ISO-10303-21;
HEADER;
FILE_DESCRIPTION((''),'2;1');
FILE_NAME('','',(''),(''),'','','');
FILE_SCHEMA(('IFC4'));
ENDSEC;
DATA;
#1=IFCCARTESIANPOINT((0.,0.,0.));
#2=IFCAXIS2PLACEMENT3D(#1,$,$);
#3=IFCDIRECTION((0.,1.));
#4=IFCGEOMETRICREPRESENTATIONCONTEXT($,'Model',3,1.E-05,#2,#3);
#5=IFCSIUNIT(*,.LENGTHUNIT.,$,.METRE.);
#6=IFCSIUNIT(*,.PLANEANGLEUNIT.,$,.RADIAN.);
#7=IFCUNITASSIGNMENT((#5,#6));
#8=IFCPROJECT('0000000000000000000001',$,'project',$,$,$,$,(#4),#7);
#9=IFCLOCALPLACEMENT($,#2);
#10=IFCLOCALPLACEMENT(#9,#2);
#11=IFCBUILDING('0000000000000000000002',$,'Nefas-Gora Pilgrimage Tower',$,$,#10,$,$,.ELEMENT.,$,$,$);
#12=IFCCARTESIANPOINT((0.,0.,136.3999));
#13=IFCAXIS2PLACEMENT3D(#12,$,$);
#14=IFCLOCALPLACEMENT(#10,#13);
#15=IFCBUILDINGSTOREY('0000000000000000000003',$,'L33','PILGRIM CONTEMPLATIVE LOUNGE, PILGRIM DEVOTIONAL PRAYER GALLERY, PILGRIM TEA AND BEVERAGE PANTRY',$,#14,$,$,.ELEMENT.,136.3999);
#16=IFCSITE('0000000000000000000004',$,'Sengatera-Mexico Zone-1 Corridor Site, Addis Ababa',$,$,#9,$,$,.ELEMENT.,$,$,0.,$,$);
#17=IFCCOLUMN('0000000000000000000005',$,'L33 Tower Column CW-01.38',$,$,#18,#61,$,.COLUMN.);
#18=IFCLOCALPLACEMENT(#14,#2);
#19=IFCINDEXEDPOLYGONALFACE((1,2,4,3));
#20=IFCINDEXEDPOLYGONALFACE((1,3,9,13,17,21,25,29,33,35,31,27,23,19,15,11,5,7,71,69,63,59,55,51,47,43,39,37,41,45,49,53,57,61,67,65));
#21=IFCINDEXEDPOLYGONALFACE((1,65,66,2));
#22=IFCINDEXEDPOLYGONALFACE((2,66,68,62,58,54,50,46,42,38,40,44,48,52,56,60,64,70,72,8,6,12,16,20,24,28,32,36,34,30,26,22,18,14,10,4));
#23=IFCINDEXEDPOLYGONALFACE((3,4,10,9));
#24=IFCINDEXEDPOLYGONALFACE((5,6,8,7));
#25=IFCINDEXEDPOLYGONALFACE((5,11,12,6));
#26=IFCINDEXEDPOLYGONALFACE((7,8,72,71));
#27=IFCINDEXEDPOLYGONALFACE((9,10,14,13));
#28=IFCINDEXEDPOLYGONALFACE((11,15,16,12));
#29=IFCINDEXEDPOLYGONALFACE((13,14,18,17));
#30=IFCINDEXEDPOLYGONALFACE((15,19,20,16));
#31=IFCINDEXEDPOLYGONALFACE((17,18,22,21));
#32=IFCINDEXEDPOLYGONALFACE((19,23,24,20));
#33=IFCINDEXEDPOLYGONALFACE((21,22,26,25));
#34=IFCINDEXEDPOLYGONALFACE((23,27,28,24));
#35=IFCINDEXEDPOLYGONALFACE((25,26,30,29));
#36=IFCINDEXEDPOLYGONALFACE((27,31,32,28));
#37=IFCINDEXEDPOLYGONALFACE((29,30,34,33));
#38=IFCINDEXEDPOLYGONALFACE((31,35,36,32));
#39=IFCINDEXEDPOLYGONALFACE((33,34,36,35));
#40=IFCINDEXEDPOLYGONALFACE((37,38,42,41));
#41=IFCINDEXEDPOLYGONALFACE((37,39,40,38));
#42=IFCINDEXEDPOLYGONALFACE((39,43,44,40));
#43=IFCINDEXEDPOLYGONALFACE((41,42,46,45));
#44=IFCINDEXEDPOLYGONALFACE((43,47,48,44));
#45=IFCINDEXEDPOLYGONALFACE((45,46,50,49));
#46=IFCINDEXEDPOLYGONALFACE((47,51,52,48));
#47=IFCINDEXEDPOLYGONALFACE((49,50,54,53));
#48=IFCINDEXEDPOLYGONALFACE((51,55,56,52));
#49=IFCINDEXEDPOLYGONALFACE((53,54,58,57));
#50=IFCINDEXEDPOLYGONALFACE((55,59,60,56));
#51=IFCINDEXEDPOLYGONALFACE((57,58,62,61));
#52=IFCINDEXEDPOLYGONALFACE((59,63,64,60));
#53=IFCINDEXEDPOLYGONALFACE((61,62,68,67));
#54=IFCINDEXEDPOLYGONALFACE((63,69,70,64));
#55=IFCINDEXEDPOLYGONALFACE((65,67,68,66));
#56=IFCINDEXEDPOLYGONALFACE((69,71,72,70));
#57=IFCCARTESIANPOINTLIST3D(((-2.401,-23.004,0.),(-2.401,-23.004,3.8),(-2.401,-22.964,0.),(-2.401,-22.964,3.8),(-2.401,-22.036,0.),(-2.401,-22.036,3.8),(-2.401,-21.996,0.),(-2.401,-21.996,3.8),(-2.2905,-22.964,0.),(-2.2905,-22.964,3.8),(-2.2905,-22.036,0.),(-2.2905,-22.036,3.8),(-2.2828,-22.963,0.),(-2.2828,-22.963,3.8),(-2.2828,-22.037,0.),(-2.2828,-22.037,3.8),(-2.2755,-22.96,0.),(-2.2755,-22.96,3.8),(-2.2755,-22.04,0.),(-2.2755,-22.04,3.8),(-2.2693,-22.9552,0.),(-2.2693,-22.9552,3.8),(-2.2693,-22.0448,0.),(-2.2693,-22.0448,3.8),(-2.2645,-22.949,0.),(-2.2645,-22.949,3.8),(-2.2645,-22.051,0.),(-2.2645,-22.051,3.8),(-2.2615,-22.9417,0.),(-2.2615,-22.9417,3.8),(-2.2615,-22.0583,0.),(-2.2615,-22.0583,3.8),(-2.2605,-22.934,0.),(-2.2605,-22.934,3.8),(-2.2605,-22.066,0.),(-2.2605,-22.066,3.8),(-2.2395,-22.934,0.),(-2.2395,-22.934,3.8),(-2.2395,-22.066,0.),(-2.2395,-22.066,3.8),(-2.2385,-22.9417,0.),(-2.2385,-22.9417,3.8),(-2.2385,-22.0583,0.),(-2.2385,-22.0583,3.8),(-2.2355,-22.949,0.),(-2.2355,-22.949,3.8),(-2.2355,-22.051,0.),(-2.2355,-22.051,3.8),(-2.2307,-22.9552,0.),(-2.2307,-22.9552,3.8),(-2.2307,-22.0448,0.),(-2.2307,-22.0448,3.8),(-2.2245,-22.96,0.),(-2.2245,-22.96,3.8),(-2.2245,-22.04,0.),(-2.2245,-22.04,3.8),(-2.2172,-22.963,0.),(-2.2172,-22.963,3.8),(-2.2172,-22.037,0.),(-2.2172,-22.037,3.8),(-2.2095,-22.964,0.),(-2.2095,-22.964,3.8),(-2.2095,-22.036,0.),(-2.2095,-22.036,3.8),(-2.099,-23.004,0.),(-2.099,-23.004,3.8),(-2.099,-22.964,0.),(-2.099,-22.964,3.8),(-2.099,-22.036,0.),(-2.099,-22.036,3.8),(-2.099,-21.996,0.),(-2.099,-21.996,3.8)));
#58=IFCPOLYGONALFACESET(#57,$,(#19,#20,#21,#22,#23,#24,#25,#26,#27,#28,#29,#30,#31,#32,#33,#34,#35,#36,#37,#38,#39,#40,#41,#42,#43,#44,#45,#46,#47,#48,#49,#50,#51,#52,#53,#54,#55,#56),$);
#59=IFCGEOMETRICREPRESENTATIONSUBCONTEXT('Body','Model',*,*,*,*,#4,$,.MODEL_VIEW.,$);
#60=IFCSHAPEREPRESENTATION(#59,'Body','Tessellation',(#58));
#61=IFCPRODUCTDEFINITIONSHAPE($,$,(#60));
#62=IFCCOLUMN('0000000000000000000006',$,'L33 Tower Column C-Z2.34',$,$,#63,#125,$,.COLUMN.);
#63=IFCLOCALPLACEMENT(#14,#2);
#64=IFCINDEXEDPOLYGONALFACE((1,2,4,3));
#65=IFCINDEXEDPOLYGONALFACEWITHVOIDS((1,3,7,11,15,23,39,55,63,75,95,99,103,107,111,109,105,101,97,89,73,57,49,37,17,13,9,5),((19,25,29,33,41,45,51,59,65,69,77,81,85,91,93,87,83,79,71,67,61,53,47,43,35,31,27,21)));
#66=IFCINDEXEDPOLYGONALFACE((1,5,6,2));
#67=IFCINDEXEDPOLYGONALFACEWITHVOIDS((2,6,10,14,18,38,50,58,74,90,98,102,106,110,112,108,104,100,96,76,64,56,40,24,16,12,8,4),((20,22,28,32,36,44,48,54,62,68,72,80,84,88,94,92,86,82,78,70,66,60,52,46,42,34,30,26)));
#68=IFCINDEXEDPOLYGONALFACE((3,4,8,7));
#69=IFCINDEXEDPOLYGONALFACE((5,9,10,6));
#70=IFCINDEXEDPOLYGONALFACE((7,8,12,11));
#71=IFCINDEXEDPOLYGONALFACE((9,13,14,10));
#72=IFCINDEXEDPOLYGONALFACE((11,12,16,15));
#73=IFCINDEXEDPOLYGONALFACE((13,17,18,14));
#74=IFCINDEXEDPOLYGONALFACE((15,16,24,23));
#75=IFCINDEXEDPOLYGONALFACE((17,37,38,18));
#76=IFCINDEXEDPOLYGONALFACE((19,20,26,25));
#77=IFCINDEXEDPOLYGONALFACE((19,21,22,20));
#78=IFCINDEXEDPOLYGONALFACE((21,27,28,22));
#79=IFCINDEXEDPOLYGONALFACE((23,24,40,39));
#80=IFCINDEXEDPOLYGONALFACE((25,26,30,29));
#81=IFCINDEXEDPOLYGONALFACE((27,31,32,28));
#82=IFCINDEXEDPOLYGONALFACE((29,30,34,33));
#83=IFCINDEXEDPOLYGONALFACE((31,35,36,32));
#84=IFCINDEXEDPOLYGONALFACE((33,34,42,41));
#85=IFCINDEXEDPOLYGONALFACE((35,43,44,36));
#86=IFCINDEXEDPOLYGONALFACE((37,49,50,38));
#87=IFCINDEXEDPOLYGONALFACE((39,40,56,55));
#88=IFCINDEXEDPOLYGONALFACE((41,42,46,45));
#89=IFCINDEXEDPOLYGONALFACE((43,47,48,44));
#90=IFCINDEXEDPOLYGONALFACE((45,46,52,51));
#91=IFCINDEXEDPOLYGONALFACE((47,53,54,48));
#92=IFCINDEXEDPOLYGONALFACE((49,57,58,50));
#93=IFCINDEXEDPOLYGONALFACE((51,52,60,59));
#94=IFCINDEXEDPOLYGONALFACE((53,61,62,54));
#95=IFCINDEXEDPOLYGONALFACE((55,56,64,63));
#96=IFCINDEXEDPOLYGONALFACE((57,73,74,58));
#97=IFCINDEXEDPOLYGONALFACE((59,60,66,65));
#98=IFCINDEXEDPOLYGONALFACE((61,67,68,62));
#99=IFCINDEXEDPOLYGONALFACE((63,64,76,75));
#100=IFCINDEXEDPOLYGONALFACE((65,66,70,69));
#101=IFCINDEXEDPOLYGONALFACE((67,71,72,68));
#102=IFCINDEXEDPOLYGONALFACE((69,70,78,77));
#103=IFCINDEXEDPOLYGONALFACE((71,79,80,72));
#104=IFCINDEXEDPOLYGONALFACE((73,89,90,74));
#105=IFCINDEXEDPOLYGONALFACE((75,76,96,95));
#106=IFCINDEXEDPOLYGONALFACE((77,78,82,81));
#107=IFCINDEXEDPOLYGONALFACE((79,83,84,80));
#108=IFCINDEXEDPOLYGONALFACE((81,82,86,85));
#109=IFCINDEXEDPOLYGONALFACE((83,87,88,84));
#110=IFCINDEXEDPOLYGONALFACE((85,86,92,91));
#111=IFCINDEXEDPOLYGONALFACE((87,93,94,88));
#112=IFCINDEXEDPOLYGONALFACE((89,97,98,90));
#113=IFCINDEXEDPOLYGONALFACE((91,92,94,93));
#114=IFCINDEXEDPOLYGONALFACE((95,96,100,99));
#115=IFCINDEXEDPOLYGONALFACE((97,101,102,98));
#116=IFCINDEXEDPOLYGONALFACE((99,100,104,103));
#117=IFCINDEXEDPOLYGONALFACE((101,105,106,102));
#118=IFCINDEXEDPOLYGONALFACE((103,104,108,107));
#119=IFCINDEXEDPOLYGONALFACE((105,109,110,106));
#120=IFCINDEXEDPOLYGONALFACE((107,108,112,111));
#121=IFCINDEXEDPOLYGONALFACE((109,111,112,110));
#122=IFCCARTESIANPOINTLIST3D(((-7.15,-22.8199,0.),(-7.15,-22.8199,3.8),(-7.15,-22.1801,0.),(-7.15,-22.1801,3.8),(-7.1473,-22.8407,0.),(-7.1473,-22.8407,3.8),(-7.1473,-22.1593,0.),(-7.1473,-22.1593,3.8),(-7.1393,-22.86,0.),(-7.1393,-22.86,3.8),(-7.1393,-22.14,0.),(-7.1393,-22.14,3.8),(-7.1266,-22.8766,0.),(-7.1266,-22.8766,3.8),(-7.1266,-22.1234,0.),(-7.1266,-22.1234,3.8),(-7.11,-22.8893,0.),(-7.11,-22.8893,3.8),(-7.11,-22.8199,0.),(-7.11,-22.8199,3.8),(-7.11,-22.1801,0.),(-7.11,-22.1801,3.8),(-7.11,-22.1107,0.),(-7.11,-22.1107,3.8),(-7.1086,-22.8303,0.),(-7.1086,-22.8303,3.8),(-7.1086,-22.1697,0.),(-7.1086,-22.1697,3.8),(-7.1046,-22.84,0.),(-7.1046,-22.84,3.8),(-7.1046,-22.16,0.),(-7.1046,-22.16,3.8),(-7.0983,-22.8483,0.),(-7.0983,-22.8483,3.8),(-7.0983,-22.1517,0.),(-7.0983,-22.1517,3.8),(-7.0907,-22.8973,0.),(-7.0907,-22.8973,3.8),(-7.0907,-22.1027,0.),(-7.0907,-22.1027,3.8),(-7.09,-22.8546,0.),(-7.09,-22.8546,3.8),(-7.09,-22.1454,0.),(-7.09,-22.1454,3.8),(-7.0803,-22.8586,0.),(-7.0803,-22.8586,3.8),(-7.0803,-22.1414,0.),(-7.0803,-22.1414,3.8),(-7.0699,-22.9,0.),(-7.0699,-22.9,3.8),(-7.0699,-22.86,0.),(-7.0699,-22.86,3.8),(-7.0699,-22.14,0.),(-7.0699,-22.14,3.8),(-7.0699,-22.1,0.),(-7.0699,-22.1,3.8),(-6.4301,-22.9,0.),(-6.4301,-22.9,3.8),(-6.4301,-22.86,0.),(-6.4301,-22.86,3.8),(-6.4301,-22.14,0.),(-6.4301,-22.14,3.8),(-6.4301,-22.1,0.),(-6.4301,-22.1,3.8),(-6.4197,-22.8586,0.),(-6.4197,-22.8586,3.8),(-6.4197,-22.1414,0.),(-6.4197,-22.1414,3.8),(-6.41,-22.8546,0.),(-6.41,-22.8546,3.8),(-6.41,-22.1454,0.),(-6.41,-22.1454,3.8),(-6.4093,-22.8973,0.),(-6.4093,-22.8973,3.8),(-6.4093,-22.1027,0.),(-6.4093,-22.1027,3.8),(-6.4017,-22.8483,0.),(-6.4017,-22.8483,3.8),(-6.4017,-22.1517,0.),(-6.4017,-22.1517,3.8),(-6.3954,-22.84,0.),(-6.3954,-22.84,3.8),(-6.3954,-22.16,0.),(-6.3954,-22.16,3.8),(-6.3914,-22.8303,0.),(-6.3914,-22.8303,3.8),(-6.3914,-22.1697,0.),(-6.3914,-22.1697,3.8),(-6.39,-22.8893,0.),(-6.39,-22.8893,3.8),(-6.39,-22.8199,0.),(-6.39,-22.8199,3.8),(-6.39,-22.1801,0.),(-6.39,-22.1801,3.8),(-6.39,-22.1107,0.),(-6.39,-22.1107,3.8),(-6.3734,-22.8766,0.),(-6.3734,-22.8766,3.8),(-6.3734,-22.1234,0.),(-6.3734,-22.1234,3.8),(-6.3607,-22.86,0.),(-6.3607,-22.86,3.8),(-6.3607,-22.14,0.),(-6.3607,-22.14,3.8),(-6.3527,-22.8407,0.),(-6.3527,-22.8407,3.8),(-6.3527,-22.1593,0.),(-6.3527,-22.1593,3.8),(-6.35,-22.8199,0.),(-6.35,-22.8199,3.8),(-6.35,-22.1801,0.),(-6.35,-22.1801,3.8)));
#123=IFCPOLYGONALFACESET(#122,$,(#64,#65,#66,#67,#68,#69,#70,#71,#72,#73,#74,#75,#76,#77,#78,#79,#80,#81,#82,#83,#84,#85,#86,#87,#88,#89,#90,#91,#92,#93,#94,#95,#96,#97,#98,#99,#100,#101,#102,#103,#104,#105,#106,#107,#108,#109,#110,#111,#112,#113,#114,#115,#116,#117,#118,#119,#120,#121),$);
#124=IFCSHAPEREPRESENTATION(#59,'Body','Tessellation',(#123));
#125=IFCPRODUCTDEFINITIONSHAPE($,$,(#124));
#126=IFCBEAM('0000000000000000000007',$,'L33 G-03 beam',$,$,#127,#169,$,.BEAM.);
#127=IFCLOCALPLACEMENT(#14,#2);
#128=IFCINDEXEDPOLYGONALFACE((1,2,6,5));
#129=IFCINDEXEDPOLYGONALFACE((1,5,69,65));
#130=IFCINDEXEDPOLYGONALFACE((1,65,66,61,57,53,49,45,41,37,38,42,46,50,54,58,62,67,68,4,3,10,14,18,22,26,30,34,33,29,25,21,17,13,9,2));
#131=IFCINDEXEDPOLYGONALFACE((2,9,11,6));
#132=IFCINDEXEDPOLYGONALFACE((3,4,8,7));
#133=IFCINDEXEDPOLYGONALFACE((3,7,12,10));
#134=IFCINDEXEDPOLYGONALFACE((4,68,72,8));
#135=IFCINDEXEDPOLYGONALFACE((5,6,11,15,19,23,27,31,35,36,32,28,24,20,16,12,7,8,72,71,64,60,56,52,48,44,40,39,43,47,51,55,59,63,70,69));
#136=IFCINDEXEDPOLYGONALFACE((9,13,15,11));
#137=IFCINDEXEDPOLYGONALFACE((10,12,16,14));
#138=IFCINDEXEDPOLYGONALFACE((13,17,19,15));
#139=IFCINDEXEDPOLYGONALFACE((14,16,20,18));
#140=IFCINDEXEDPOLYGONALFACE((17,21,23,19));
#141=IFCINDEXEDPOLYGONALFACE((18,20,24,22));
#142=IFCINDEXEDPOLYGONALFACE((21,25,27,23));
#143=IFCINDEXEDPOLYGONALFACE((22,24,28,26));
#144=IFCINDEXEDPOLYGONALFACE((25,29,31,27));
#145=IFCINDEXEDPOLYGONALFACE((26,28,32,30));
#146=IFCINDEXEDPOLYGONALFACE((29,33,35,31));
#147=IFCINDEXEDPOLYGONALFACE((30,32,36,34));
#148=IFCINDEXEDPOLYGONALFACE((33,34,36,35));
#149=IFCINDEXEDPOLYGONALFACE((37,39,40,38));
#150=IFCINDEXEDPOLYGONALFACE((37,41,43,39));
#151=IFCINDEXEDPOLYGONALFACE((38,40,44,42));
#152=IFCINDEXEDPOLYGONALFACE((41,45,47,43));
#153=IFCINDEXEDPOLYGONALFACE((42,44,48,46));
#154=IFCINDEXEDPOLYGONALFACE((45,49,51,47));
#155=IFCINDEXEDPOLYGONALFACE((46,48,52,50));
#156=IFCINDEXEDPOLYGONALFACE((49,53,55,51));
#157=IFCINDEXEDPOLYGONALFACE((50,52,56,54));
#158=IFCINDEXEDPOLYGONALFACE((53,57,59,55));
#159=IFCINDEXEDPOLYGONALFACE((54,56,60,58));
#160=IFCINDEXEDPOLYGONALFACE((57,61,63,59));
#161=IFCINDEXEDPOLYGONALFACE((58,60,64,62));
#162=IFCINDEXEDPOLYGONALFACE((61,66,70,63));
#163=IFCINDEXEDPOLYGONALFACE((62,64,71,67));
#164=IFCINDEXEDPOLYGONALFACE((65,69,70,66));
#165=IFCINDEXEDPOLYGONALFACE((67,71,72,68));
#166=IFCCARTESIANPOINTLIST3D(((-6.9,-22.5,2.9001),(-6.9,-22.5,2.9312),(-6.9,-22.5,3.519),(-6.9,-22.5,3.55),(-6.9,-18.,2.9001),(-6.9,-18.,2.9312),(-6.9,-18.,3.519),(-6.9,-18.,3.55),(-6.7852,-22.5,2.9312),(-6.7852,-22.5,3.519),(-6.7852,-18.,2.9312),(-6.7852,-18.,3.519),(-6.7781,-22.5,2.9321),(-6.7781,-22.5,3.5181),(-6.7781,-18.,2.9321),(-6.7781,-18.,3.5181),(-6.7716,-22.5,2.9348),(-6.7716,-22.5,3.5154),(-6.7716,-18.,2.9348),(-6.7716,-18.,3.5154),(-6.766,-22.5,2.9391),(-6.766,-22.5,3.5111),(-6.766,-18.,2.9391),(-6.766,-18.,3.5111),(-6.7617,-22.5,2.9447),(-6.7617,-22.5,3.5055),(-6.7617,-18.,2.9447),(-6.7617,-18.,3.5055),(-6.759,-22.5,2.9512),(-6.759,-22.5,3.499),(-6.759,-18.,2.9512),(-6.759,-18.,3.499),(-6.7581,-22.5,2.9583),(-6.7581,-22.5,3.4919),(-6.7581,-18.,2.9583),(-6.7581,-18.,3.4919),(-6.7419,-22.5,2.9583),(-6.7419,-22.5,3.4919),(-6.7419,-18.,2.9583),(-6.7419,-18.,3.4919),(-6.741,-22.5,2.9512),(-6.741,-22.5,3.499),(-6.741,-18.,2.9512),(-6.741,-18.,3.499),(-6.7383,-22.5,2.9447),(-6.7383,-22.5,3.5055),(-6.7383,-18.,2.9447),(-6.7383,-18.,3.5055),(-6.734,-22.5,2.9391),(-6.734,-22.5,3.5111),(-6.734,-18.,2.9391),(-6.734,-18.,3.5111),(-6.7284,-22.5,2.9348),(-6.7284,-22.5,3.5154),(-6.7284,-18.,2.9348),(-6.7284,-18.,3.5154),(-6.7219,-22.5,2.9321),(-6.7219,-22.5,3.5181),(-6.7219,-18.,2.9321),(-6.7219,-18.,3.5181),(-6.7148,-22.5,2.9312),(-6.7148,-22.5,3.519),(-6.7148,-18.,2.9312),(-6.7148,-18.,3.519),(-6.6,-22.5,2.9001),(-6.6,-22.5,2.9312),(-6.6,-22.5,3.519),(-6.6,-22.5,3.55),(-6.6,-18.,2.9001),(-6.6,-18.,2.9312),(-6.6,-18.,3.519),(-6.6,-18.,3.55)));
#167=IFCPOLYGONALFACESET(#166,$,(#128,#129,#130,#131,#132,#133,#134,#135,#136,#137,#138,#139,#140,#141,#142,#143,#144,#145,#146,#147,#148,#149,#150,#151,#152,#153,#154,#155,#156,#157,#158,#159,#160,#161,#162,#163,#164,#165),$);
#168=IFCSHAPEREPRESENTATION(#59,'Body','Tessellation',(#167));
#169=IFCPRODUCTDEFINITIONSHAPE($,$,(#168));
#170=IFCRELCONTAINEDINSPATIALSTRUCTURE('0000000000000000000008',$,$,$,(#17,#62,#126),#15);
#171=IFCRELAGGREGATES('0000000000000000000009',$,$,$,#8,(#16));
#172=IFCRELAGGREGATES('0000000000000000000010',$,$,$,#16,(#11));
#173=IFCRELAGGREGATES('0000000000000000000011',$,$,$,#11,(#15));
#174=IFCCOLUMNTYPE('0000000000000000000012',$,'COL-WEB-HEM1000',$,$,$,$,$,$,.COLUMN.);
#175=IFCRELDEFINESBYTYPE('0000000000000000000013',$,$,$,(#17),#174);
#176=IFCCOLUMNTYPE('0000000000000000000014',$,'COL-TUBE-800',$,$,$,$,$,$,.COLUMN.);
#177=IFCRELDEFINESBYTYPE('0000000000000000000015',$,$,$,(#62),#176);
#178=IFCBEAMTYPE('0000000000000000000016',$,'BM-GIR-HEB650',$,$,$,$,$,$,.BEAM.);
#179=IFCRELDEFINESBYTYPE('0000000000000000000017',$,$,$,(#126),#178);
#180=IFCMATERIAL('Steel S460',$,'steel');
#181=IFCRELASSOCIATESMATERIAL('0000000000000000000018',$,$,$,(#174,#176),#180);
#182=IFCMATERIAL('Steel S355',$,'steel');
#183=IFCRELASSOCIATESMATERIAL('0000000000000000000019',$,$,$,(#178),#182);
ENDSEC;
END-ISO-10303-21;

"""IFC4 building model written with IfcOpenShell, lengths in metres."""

from ifc_helpers import new_model, si_unit, direction, frame, origin, origin_2d, place, context, subcontext, project, spatial, hollow_rectangle, i_section, extrude, source, transform, mapped, material, material_profile, profile_set, type_object, element, save


model = new_model("IFC4")

# Units and contexts
model_context = context("Model", 3, precision=1e-05, world=origin(), true_north=direction((0.0, 1.0)))
body_context = subcontext(model_context, "Body", "Model", "MODEL_VIEW")
ifc_project = project(units=[si_unit("LENGTHUNIT", "METRE"), si_unit("PLANEANGLEUNIT", "RADIAN")], contexts=[model_context])

# Site, building, storey
site_placement = place(None, origin())
site = spatial("IfcSite", under=ifc_project, at=site_placement, Name="Sengatera-Mexico Zone-1 Corridor Site, Addis Ababa", CompositionType="ELEMENT", RefElevation=0.0)
building_placement = place(site_placement, origin())
building = spatial("IfcBuilding", under=site, at=building_placement, Name="Nefas-Gora Pilgrimage Tower", CompositionType="ELEMENT")
storey_placement = place(building_placement, frame((0.0, 0.0, 136.3999)))
storey = spatial("IfcBuildingStorey", under=building, at=storey_placement, Name="L33", Description="PILGRIM CONTEMPLATIVE LOUNGE, PILGRIM DEVOTIONAL PRAYER GALLERY, PILGRIM TEA AND BEVERAGE PANTRY", CompositionType="ELEMENT", Elevation=136.3999)

# Columns
ifc_material_1 = material(Name="Steel S460", Category="steel")
ifc_material_profile_1 = material_profile(ifc_material_1, i_section(OverallWidth=0.302, OverallDepth=1.0081, WebThickness=0.021, FlangeThickness=0.04, FilletRadius=0.03, at=origin_2d()), Name="HEM 1000")
ifc_profile_set_1 = profile_set([ifc_material_profile_1], Name="Steel S460")
column_type_1 = type_object("IfcColumnType", Name="COL-WEB-HEM1000", PredefinedType="COLUMN", material=ifc_profile_set_1)
shared_shape_1 = source(origin(), body_context, "Body", "SweptSolid", [
    extrude(i_section(OverallWidth=0.302, OverallDepth=1.0081, WebThickness=0.021, FlangeThickness=0.04, FilletRadius=0.03, at=origin_2d()), origin(), (0.0, 0.0, 1.0), 3.8),
])
column_1_placement = place(storey_placement, frame((-2.25, -22.5, 0.0), z_axis=(0.0, 0.0, 1.0), x_axis=(1.0, 0.0, 0.0)))
element("IfcColumn", 1, at=column_1_placement, inside=storey, type_object=column_type_1, Name="L33 Tower Column CW-01.38", PredefinedType="COLUMN", context=body_context, shape_type="MappedRepresentation", body=[
    mapped(shared_shape_1, transform((0.0, 0.0, 0.0), x_axis=(1.0, 0.0, 0.0), y_axis=(0.0, 1.0, 0.0), z_axis=(0.0, 0.0, 1.0), scale=1.0)),
])
ifc_material_profile_2 = material_profile(ifc_material_1, hollow_rectangle(XDim=0.8, YDim=0.8, WallThickness=0.04, InnerFilletRadius=0.04, OuterFilletRadius=0.0801, at=origin_2d()), Name="BOX 800x800x40")
ifc_profile_set_2 = profile_set([ifc_material_profile_2], Name="Steel S460")
column_type_2 = type_object("IfcColumnType", Name="COL-TUBE-800", PredefinedType="COLUMN", material=ifc_profile_set_2)
shared_shape_2 = source(origin(), body_context, "Body", "SweptSolid", [
    extrude(hollow_rectangle(XDim=0.8, YDim=0.8, WallThickness=0.04, InnerFilletRadius=0.04, OuterFilletRadius=0.0801, at=origin_2d()), origin(), (0.0, 0.0, 1.0), 3.8),
])
column_2_placement = place(storey_placement, frame((-6.75, -22.5, 0.0), z_axis=(0.0, 0.0, 1.0), x_axis=(1.0, 0.0, 0.0)))
element("IfcColumn", 2, at=column_2_placement, inside=storey, type_object=column_type_2, Name="L33 Tower Column C-Z2.34", PredefinedType="COLUMN", context=body_context, shape_type="MappedRepresentation", body=[
    mapped(shared_shape_2, transform((0.0, 0.0, 0.0), x_axis=(1.0, 0.0, 0.0), y_axis=(0.0, 1.0, 0.0), z_axis=(0.0, 0.0, 1.0), scale=1.0)),
])

# Beam
ifc_material_2 = material(Name="Steel S355", Category="steel")
ifc_material_profile_3 = material_profile(ifc_material_2, i_section(OverallWidth=0.3, OverallDepth=0.6499, WebThickness=0.0161, FlangeThickness=0.031, FilletRadius=0.0271, at=origin_2d()), Name="HEB 650")
ifc_profile_set_3 = profile_set([ifc_material_profile_3], Name="Steel S355")
beam_type = type_object("IfcBeamType", Name="BM-GIR-HEB650", PredefinedType="BEAM", material=ifc_profile_set_3)
shared_shape_3 = source(origin(), body_context, "Body", "SweptSolid", [
    extrude(i_section(OverallWidth=0.3, OverallDepth=0.6499, WebThickness=0.0161, FlangeThickness=0.031, FilletRadius=0.0271, at=origin_2d()), origin(), (0.0, 0.0, 1.0), 4.5),
])
for number, where, z_axis, x_axis, name in (
    (3, (-6.75, -22.5, 3.2251), (0.0, 1.0, 0.0), (-1.0, 0.0, 0.0), "L33 G-03 beam"),
):
    element("IfcBeam", number, at=place(storey_placement, frame(where, z_axis=z_axis, x_axis=x_axis)), inside=storey, type_object=beam_type, Name=name, PredefinedType="BEAM", context=body_context, shape_type="MappedRepresentation", body=[
        mapped(shared_shape_3, transform((0.0, 0.0, 0.0), x_axis=(1.0, 0.0, 0.0), y_axis=(0.0, 1.0, 0.0), z_axis=(0.0, 0.0, 1.0), scale=1.0)),
    ])

save(model, "model.ifc")
